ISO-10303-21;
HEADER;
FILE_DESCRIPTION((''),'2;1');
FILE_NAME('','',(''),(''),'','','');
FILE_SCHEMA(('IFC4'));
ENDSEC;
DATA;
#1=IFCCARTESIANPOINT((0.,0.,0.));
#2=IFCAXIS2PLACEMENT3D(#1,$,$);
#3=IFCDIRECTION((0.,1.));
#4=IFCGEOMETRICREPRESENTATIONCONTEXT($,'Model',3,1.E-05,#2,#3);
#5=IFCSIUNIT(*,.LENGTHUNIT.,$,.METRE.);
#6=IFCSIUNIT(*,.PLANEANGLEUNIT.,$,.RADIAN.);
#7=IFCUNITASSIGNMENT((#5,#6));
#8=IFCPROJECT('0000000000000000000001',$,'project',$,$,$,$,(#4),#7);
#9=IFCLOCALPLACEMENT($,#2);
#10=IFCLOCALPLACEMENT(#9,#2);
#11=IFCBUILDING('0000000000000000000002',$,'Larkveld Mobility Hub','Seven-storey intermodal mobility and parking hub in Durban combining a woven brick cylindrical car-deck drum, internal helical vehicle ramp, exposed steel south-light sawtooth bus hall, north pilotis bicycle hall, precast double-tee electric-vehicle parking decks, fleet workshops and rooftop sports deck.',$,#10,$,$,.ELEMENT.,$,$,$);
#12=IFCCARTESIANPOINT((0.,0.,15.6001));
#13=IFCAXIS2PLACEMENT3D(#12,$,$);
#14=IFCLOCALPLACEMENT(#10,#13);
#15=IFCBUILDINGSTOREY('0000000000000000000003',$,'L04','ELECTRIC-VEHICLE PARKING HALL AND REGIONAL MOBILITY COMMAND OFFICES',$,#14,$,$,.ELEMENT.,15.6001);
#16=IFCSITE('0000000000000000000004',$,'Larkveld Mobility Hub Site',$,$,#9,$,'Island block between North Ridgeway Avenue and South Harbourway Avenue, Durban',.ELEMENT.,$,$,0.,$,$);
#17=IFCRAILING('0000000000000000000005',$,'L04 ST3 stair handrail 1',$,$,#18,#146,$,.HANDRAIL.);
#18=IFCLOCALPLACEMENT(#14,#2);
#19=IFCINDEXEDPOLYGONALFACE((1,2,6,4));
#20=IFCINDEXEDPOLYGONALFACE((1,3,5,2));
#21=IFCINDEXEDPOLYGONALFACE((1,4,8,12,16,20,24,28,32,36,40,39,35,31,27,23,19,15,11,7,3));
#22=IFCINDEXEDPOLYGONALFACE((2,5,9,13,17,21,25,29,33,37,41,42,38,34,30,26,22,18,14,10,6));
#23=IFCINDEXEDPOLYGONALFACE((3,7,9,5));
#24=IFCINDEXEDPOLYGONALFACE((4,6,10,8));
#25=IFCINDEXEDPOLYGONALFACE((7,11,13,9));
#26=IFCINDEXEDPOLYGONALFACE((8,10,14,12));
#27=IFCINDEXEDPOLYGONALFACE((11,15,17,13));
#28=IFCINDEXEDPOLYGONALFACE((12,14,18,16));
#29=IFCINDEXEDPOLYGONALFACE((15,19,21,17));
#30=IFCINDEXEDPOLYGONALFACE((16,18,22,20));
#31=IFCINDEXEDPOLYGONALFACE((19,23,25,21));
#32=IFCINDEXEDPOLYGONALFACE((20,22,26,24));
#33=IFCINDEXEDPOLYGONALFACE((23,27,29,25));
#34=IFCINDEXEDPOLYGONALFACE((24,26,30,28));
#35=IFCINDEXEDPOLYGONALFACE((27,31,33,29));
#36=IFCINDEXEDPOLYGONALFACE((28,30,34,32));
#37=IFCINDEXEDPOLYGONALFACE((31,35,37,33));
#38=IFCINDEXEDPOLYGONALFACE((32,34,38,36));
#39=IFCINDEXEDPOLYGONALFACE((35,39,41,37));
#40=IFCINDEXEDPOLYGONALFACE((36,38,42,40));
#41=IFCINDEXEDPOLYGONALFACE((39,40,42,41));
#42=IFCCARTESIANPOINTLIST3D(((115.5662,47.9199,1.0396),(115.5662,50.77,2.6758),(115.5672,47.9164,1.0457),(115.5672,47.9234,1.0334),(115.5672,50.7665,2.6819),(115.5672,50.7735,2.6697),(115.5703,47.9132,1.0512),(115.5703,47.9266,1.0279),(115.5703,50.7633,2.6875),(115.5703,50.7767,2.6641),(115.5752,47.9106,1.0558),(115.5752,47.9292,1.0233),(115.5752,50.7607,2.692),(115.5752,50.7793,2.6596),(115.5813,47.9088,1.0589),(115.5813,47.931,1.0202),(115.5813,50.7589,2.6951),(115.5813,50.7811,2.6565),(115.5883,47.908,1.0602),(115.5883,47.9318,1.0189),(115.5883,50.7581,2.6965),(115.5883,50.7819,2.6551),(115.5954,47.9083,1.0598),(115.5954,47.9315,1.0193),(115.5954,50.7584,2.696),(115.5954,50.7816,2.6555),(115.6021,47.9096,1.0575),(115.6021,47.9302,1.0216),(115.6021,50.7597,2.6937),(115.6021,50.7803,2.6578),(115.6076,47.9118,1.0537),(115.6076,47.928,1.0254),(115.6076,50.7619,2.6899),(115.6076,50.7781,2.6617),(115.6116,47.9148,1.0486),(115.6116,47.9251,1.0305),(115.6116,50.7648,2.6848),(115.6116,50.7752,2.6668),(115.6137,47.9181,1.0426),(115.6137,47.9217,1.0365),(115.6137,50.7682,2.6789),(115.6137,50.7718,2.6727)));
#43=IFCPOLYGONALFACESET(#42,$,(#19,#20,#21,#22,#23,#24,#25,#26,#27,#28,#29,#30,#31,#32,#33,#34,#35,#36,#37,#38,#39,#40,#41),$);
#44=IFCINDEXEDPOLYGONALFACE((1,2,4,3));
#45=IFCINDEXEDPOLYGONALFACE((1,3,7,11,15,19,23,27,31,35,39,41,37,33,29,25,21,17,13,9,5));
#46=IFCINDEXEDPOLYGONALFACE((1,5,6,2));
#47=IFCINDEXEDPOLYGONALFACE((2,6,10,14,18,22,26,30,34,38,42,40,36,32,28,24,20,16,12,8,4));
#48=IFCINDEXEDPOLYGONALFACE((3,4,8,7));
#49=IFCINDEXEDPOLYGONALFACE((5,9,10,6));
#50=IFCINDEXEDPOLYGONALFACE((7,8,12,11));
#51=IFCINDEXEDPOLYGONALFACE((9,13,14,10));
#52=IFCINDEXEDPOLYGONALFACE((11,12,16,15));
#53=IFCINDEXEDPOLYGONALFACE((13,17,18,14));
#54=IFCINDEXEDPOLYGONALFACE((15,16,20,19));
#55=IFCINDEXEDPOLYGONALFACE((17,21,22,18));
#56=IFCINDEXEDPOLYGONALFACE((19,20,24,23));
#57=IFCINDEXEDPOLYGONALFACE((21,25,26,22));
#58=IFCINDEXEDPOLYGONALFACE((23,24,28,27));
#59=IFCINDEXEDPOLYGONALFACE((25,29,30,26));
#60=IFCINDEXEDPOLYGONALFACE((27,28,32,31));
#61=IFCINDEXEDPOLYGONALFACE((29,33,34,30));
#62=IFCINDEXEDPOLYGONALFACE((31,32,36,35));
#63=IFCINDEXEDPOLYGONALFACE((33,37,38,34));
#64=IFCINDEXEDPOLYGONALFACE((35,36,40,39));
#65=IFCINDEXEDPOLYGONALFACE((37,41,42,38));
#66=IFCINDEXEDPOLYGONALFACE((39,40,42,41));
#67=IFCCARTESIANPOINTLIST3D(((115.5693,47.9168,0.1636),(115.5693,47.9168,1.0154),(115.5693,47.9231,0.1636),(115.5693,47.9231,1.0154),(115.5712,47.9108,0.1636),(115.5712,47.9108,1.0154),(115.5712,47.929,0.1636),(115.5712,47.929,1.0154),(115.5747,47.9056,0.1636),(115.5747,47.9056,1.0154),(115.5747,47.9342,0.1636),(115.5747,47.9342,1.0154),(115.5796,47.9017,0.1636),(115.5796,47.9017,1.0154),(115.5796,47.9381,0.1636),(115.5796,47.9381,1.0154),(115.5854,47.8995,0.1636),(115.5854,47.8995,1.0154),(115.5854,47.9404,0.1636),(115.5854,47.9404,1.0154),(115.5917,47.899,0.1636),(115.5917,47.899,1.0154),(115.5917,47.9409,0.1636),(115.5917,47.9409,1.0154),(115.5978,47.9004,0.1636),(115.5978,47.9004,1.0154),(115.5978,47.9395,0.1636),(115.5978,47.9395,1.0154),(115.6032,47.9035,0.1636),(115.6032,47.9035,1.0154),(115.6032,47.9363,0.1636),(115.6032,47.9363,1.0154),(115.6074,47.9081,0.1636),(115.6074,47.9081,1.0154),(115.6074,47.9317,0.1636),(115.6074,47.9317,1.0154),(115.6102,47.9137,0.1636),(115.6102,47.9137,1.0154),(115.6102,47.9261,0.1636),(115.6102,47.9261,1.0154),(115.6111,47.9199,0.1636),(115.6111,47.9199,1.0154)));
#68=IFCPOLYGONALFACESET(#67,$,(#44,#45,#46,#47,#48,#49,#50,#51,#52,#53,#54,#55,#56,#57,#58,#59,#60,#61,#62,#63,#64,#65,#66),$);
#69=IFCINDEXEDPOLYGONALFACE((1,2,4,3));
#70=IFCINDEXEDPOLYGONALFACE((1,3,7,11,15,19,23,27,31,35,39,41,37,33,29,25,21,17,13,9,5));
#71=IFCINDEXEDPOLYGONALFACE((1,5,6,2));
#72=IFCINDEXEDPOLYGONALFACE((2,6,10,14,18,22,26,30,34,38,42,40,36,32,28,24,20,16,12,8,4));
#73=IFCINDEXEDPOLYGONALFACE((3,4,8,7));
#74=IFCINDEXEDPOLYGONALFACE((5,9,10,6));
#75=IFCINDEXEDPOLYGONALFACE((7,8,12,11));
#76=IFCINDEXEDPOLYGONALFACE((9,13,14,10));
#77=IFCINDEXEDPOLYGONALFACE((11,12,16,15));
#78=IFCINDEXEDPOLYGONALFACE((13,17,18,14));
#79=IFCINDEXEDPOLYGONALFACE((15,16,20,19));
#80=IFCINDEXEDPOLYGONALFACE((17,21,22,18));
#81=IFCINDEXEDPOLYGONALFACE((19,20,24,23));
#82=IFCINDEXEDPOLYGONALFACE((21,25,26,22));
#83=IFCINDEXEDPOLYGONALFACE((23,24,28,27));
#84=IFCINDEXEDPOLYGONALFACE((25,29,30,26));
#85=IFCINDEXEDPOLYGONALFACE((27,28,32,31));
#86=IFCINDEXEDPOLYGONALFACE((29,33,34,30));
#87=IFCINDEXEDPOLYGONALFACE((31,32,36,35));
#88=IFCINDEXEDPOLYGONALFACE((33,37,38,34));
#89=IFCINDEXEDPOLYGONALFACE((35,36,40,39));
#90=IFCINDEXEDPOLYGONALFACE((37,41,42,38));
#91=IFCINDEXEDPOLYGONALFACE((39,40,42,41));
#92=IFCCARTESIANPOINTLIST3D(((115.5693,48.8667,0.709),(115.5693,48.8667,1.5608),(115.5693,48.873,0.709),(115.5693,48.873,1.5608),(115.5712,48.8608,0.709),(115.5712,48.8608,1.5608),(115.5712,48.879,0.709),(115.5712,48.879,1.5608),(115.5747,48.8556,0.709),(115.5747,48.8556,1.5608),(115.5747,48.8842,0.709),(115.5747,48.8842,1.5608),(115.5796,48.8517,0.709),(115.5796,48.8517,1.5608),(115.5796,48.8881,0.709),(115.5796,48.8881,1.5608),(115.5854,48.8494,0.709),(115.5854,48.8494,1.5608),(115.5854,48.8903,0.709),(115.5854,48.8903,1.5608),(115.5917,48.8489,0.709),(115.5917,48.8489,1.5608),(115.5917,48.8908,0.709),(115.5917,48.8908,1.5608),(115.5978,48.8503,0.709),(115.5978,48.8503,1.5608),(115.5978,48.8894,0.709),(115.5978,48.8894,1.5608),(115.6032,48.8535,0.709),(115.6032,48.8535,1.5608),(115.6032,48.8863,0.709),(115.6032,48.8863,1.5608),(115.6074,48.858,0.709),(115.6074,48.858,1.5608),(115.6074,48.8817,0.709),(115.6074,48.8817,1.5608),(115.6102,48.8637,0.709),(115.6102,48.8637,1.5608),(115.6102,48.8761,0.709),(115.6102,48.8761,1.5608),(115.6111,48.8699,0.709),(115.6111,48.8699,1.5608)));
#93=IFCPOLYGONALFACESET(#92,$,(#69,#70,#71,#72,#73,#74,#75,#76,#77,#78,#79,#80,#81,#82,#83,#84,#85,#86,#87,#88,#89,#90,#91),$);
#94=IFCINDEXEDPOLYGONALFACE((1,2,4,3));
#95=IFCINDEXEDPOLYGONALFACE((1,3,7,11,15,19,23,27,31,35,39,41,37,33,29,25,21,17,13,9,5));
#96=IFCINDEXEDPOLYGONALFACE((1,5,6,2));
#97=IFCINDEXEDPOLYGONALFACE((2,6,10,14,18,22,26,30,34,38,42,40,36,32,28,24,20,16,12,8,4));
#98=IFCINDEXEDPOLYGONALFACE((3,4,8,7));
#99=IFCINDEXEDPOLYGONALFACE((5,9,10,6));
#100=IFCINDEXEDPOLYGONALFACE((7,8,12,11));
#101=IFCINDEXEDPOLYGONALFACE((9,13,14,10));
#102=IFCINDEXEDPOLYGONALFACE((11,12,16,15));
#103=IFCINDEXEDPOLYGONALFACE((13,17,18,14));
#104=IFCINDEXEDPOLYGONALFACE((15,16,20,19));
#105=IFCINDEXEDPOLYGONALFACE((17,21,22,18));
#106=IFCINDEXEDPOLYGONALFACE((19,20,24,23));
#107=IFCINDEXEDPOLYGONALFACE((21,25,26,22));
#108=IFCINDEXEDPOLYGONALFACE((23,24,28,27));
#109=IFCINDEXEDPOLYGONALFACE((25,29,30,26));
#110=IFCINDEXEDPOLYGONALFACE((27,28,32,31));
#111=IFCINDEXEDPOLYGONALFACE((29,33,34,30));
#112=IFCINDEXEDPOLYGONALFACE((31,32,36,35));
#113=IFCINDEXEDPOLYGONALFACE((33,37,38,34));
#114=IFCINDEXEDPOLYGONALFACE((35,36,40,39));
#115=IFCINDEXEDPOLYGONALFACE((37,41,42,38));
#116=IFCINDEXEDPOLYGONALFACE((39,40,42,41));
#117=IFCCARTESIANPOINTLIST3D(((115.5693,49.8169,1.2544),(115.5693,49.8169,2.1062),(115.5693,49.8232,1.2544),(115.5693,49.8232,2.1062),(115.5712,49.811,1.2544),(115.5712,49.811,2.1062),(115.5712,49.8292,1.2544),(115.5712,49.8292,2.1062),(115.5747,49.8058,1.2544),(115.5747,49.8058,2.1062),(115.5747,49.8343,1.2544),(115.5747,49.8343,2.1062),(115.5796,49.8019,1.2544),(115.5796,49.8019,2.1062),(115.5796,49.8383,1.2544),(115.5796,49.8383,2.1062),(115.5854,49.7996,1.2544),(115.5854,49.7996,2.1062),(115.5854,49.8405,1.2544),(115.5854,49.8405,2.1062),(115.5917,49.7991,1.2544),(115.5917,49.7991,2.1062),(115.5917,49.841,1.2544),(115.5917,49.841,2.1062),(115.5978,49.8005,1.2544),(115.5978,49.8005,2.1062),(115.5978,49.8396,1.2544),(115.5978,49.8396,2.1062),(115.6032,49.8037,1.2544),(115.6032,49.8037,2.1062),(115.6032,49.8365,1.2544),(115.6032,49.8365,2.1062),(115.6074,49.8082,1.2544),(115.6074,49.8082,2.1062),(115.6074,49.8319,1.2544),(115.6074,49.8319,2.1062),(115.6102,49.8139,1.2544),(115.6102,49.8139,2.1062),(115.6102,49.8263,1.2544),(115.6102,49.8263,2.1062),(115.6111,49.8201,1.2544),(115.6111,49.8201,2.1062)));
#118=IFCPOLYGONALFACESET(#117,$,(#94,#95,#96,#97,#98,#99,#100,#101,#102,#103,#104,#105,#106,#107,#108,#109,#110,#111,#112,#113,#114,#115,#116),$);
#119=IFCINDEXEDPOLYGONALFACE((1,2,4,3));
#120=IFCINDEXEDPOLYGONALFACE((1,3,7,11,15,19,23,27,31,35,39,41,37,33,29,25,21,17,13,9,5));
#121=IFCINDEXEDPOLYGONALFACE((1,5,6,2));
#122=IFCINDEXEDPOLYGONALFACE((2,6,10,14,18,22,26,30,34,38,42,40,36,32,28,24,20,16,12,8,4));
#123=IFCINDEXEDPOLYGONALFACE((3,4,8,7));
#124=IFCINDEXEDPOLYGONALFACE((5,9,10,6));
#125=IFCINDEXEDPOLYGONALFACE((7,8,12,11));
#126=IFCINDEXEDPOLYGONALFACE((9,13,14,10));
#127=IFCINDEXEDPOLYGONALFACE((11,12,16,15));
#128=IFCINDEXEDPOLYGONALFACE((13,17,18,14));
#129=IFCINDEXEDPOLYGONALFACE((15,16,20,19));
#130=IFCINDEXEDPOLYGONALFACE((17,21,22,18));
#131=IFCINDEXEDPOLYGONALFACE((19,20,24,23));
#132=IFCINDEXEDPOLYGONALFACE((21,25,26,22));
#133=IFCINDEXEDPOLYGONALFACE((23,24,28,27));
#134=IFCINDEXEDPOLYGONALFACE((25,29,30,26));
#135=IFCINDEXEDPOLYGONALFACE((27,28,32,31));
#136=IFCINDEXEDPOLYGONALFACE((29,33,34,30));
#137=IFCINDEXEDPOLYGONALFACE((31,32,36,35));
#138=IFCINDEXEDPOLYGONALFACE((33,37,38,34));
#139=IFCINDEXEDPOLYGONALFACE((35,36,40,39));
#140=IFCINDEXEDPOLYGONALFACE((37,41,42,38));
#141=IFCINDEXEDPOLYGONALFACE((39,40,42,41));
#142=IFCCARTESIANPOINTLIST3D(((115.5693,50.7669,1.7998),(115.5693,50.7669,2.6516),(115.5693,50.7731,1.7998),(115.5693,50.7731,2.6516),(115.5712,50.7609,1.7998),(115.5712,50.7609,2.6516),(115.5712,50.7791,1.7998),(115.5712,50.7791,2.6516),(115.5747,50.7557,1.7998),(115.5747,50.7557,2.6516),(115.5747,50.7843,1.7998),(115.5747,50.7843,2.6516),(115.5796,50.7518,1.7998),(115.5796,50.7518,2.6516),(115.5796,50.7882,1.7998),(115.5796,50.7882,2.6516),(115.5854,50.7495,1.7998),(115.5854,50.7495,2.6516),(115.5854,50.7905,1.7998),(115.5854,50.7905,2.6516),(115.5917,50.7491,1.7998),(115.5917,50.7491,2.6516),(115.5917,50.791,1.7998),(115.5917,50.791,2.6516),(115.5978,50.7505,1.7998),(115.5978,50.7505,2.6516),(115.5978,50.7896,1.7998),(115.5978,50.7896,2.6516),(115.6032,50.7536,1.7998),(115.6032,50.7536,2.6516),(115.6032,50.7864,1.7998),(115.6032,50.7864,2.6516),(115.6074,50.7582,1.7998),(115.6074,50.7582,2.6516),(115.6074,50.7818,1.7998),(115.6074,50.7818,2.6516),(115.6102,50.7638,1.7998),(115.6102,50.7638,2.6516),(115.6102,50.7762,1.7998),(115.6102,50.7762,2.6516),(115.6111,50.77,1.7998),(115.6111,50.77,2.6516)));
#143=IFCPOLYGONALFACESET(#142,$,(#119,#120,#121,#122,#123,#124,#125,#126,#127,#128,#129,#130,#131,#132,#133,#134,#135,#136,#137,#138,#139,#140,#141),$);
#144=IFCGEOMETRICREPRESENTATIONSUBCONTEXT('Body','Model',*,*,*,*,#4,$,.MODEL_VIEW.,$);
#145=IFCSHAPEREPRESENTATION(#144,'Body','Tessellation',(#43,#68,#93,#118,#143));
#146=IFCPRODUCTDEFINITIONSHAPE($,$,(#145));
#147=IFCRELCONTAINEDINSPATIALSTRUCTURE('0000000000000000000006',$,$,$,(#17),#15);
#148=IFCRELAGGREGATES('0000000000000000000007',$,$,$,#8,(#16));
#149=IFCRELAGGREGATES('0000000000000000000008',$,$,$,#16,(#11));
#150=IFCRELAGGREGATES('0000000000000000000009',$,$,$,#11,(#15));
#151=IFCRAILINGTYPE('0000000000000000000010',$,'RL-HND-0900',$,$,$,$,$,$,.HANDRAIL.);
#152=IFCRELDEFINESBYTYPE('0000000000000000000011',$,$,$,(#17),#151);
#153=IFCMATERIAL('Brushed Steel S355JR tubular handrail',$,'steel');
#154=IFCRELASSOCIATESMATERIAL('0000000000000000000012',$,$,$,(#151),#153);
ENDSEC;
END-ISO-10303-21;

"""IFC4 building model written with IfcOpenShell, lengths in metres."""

from ifc_helpers import new_model, si_unit, direction, frame, origin, origin_2d, place, context, subcontext, project, spatial, circle, extrude, material, type_object, element, save


model = new_model("IFC4")

# Units and contexts
model_context = context("Model", 3, precision=1e-05, world=origin(), true_north=direction((0.0, 1.0)))
body_context = subcontext(model_context, "Body", "Model", "MODEL_VIEW")
ifc_project = project(units=[si_unit("LENGTHUNIT", "METRE"), si_unit("PLANEANGLEUNIT", "RADIAN")], contexts=[model_context])

# Site, building, storey
site_placement = place(None, origin())
site = spatial("IfcSite", under=ifc_project, at=site_placement, Name="Larkveld Mobility Hub Site", LongName="Island block between North Ridgeway Avenue and South Harbourway Avenue, Durban", CompositionType="ELEMENT", RefElevation=0.0)
building_placement = place(site_placement, origin())
building = spatial("IfcBuilding", under=site, at=building_placement, Name="Larkveld Mobility Hub", Description="Seven-storey intermodal mobility and parking hub in Durban combining a woven brick cylindrical car-deck drum, internal helical vehicle ramp, exposed steel south-light sawtooth bus hall, north pilotis bicycle hall, precast double-tee electric-vehicle parking decks, fleet workshops and rooftop sports deck.", CompositionType="ELEMENT")
storey_placement = place(building_placement, frame((0.0, 0.0, 15.6001)))
storey = spatial("IfcBuildingStorey", under=building, at=storey_placement, Name="L04", Description="ELECTRIC-VEHICLE PARKING HALL AND REGIONAL MOBILITY COMMAND OFFICES", CompositionType="ELEMENT", Elevation=15.6001)

# Railing
ifc_material_1 = material(Name="Brushed Steel S355JR tubular handrail", Category="steel")
railing_type_1 = type_object("IfcRailingType", Name="RL-HND-0900", PredefinedType="HANDRAIL", material=ifc_material_1)
railing_1_placement = place(storey_placement, frame((115.5901, 47.9199, 0.1636)))
element("IfcRailing", 1, at=railing_1_placement, inside=storey, type_object=railing_type_1, Name="L04 ST3 stair handrail 1", PredefinedType="HANDRAIL", context=body_context, shape_type="SweptSolid", body=[
    extrude(circle(Radius=0.0239, at=origin_2d()), frame((0.0, 0.0, 0.876), z_axis=(0.0, 0.867245, 0.497882), x_axis=(-1.0, 0.0, 0.0)), (0.0, 0.0, 1.0), 3.2864),
    extrude(circle(Radius=0.021, at=origin_2d()), origin(), (0.0, 0.0, 1.0), 0.8518),
    extrude(circle(Radius=0.021, at=origin_2d()), frame((0.0, 0.95, 0.5454)), (0.0, 0.0, 1.0), 0.8518),
    extrude(circle(Radius=0.021, at=origin_2d()), frame((0.0, 1.9001, 1.0908)), (0.0, 0.0, 1.0), 0.8518),
    extrude(circle(Radius=0.021, at=origin_2d()), frame((0.0, 2.8501, 1.6362)), (0.0, 0.0, 1.0), 0.8518),
])

save(model, "model.ifc")
